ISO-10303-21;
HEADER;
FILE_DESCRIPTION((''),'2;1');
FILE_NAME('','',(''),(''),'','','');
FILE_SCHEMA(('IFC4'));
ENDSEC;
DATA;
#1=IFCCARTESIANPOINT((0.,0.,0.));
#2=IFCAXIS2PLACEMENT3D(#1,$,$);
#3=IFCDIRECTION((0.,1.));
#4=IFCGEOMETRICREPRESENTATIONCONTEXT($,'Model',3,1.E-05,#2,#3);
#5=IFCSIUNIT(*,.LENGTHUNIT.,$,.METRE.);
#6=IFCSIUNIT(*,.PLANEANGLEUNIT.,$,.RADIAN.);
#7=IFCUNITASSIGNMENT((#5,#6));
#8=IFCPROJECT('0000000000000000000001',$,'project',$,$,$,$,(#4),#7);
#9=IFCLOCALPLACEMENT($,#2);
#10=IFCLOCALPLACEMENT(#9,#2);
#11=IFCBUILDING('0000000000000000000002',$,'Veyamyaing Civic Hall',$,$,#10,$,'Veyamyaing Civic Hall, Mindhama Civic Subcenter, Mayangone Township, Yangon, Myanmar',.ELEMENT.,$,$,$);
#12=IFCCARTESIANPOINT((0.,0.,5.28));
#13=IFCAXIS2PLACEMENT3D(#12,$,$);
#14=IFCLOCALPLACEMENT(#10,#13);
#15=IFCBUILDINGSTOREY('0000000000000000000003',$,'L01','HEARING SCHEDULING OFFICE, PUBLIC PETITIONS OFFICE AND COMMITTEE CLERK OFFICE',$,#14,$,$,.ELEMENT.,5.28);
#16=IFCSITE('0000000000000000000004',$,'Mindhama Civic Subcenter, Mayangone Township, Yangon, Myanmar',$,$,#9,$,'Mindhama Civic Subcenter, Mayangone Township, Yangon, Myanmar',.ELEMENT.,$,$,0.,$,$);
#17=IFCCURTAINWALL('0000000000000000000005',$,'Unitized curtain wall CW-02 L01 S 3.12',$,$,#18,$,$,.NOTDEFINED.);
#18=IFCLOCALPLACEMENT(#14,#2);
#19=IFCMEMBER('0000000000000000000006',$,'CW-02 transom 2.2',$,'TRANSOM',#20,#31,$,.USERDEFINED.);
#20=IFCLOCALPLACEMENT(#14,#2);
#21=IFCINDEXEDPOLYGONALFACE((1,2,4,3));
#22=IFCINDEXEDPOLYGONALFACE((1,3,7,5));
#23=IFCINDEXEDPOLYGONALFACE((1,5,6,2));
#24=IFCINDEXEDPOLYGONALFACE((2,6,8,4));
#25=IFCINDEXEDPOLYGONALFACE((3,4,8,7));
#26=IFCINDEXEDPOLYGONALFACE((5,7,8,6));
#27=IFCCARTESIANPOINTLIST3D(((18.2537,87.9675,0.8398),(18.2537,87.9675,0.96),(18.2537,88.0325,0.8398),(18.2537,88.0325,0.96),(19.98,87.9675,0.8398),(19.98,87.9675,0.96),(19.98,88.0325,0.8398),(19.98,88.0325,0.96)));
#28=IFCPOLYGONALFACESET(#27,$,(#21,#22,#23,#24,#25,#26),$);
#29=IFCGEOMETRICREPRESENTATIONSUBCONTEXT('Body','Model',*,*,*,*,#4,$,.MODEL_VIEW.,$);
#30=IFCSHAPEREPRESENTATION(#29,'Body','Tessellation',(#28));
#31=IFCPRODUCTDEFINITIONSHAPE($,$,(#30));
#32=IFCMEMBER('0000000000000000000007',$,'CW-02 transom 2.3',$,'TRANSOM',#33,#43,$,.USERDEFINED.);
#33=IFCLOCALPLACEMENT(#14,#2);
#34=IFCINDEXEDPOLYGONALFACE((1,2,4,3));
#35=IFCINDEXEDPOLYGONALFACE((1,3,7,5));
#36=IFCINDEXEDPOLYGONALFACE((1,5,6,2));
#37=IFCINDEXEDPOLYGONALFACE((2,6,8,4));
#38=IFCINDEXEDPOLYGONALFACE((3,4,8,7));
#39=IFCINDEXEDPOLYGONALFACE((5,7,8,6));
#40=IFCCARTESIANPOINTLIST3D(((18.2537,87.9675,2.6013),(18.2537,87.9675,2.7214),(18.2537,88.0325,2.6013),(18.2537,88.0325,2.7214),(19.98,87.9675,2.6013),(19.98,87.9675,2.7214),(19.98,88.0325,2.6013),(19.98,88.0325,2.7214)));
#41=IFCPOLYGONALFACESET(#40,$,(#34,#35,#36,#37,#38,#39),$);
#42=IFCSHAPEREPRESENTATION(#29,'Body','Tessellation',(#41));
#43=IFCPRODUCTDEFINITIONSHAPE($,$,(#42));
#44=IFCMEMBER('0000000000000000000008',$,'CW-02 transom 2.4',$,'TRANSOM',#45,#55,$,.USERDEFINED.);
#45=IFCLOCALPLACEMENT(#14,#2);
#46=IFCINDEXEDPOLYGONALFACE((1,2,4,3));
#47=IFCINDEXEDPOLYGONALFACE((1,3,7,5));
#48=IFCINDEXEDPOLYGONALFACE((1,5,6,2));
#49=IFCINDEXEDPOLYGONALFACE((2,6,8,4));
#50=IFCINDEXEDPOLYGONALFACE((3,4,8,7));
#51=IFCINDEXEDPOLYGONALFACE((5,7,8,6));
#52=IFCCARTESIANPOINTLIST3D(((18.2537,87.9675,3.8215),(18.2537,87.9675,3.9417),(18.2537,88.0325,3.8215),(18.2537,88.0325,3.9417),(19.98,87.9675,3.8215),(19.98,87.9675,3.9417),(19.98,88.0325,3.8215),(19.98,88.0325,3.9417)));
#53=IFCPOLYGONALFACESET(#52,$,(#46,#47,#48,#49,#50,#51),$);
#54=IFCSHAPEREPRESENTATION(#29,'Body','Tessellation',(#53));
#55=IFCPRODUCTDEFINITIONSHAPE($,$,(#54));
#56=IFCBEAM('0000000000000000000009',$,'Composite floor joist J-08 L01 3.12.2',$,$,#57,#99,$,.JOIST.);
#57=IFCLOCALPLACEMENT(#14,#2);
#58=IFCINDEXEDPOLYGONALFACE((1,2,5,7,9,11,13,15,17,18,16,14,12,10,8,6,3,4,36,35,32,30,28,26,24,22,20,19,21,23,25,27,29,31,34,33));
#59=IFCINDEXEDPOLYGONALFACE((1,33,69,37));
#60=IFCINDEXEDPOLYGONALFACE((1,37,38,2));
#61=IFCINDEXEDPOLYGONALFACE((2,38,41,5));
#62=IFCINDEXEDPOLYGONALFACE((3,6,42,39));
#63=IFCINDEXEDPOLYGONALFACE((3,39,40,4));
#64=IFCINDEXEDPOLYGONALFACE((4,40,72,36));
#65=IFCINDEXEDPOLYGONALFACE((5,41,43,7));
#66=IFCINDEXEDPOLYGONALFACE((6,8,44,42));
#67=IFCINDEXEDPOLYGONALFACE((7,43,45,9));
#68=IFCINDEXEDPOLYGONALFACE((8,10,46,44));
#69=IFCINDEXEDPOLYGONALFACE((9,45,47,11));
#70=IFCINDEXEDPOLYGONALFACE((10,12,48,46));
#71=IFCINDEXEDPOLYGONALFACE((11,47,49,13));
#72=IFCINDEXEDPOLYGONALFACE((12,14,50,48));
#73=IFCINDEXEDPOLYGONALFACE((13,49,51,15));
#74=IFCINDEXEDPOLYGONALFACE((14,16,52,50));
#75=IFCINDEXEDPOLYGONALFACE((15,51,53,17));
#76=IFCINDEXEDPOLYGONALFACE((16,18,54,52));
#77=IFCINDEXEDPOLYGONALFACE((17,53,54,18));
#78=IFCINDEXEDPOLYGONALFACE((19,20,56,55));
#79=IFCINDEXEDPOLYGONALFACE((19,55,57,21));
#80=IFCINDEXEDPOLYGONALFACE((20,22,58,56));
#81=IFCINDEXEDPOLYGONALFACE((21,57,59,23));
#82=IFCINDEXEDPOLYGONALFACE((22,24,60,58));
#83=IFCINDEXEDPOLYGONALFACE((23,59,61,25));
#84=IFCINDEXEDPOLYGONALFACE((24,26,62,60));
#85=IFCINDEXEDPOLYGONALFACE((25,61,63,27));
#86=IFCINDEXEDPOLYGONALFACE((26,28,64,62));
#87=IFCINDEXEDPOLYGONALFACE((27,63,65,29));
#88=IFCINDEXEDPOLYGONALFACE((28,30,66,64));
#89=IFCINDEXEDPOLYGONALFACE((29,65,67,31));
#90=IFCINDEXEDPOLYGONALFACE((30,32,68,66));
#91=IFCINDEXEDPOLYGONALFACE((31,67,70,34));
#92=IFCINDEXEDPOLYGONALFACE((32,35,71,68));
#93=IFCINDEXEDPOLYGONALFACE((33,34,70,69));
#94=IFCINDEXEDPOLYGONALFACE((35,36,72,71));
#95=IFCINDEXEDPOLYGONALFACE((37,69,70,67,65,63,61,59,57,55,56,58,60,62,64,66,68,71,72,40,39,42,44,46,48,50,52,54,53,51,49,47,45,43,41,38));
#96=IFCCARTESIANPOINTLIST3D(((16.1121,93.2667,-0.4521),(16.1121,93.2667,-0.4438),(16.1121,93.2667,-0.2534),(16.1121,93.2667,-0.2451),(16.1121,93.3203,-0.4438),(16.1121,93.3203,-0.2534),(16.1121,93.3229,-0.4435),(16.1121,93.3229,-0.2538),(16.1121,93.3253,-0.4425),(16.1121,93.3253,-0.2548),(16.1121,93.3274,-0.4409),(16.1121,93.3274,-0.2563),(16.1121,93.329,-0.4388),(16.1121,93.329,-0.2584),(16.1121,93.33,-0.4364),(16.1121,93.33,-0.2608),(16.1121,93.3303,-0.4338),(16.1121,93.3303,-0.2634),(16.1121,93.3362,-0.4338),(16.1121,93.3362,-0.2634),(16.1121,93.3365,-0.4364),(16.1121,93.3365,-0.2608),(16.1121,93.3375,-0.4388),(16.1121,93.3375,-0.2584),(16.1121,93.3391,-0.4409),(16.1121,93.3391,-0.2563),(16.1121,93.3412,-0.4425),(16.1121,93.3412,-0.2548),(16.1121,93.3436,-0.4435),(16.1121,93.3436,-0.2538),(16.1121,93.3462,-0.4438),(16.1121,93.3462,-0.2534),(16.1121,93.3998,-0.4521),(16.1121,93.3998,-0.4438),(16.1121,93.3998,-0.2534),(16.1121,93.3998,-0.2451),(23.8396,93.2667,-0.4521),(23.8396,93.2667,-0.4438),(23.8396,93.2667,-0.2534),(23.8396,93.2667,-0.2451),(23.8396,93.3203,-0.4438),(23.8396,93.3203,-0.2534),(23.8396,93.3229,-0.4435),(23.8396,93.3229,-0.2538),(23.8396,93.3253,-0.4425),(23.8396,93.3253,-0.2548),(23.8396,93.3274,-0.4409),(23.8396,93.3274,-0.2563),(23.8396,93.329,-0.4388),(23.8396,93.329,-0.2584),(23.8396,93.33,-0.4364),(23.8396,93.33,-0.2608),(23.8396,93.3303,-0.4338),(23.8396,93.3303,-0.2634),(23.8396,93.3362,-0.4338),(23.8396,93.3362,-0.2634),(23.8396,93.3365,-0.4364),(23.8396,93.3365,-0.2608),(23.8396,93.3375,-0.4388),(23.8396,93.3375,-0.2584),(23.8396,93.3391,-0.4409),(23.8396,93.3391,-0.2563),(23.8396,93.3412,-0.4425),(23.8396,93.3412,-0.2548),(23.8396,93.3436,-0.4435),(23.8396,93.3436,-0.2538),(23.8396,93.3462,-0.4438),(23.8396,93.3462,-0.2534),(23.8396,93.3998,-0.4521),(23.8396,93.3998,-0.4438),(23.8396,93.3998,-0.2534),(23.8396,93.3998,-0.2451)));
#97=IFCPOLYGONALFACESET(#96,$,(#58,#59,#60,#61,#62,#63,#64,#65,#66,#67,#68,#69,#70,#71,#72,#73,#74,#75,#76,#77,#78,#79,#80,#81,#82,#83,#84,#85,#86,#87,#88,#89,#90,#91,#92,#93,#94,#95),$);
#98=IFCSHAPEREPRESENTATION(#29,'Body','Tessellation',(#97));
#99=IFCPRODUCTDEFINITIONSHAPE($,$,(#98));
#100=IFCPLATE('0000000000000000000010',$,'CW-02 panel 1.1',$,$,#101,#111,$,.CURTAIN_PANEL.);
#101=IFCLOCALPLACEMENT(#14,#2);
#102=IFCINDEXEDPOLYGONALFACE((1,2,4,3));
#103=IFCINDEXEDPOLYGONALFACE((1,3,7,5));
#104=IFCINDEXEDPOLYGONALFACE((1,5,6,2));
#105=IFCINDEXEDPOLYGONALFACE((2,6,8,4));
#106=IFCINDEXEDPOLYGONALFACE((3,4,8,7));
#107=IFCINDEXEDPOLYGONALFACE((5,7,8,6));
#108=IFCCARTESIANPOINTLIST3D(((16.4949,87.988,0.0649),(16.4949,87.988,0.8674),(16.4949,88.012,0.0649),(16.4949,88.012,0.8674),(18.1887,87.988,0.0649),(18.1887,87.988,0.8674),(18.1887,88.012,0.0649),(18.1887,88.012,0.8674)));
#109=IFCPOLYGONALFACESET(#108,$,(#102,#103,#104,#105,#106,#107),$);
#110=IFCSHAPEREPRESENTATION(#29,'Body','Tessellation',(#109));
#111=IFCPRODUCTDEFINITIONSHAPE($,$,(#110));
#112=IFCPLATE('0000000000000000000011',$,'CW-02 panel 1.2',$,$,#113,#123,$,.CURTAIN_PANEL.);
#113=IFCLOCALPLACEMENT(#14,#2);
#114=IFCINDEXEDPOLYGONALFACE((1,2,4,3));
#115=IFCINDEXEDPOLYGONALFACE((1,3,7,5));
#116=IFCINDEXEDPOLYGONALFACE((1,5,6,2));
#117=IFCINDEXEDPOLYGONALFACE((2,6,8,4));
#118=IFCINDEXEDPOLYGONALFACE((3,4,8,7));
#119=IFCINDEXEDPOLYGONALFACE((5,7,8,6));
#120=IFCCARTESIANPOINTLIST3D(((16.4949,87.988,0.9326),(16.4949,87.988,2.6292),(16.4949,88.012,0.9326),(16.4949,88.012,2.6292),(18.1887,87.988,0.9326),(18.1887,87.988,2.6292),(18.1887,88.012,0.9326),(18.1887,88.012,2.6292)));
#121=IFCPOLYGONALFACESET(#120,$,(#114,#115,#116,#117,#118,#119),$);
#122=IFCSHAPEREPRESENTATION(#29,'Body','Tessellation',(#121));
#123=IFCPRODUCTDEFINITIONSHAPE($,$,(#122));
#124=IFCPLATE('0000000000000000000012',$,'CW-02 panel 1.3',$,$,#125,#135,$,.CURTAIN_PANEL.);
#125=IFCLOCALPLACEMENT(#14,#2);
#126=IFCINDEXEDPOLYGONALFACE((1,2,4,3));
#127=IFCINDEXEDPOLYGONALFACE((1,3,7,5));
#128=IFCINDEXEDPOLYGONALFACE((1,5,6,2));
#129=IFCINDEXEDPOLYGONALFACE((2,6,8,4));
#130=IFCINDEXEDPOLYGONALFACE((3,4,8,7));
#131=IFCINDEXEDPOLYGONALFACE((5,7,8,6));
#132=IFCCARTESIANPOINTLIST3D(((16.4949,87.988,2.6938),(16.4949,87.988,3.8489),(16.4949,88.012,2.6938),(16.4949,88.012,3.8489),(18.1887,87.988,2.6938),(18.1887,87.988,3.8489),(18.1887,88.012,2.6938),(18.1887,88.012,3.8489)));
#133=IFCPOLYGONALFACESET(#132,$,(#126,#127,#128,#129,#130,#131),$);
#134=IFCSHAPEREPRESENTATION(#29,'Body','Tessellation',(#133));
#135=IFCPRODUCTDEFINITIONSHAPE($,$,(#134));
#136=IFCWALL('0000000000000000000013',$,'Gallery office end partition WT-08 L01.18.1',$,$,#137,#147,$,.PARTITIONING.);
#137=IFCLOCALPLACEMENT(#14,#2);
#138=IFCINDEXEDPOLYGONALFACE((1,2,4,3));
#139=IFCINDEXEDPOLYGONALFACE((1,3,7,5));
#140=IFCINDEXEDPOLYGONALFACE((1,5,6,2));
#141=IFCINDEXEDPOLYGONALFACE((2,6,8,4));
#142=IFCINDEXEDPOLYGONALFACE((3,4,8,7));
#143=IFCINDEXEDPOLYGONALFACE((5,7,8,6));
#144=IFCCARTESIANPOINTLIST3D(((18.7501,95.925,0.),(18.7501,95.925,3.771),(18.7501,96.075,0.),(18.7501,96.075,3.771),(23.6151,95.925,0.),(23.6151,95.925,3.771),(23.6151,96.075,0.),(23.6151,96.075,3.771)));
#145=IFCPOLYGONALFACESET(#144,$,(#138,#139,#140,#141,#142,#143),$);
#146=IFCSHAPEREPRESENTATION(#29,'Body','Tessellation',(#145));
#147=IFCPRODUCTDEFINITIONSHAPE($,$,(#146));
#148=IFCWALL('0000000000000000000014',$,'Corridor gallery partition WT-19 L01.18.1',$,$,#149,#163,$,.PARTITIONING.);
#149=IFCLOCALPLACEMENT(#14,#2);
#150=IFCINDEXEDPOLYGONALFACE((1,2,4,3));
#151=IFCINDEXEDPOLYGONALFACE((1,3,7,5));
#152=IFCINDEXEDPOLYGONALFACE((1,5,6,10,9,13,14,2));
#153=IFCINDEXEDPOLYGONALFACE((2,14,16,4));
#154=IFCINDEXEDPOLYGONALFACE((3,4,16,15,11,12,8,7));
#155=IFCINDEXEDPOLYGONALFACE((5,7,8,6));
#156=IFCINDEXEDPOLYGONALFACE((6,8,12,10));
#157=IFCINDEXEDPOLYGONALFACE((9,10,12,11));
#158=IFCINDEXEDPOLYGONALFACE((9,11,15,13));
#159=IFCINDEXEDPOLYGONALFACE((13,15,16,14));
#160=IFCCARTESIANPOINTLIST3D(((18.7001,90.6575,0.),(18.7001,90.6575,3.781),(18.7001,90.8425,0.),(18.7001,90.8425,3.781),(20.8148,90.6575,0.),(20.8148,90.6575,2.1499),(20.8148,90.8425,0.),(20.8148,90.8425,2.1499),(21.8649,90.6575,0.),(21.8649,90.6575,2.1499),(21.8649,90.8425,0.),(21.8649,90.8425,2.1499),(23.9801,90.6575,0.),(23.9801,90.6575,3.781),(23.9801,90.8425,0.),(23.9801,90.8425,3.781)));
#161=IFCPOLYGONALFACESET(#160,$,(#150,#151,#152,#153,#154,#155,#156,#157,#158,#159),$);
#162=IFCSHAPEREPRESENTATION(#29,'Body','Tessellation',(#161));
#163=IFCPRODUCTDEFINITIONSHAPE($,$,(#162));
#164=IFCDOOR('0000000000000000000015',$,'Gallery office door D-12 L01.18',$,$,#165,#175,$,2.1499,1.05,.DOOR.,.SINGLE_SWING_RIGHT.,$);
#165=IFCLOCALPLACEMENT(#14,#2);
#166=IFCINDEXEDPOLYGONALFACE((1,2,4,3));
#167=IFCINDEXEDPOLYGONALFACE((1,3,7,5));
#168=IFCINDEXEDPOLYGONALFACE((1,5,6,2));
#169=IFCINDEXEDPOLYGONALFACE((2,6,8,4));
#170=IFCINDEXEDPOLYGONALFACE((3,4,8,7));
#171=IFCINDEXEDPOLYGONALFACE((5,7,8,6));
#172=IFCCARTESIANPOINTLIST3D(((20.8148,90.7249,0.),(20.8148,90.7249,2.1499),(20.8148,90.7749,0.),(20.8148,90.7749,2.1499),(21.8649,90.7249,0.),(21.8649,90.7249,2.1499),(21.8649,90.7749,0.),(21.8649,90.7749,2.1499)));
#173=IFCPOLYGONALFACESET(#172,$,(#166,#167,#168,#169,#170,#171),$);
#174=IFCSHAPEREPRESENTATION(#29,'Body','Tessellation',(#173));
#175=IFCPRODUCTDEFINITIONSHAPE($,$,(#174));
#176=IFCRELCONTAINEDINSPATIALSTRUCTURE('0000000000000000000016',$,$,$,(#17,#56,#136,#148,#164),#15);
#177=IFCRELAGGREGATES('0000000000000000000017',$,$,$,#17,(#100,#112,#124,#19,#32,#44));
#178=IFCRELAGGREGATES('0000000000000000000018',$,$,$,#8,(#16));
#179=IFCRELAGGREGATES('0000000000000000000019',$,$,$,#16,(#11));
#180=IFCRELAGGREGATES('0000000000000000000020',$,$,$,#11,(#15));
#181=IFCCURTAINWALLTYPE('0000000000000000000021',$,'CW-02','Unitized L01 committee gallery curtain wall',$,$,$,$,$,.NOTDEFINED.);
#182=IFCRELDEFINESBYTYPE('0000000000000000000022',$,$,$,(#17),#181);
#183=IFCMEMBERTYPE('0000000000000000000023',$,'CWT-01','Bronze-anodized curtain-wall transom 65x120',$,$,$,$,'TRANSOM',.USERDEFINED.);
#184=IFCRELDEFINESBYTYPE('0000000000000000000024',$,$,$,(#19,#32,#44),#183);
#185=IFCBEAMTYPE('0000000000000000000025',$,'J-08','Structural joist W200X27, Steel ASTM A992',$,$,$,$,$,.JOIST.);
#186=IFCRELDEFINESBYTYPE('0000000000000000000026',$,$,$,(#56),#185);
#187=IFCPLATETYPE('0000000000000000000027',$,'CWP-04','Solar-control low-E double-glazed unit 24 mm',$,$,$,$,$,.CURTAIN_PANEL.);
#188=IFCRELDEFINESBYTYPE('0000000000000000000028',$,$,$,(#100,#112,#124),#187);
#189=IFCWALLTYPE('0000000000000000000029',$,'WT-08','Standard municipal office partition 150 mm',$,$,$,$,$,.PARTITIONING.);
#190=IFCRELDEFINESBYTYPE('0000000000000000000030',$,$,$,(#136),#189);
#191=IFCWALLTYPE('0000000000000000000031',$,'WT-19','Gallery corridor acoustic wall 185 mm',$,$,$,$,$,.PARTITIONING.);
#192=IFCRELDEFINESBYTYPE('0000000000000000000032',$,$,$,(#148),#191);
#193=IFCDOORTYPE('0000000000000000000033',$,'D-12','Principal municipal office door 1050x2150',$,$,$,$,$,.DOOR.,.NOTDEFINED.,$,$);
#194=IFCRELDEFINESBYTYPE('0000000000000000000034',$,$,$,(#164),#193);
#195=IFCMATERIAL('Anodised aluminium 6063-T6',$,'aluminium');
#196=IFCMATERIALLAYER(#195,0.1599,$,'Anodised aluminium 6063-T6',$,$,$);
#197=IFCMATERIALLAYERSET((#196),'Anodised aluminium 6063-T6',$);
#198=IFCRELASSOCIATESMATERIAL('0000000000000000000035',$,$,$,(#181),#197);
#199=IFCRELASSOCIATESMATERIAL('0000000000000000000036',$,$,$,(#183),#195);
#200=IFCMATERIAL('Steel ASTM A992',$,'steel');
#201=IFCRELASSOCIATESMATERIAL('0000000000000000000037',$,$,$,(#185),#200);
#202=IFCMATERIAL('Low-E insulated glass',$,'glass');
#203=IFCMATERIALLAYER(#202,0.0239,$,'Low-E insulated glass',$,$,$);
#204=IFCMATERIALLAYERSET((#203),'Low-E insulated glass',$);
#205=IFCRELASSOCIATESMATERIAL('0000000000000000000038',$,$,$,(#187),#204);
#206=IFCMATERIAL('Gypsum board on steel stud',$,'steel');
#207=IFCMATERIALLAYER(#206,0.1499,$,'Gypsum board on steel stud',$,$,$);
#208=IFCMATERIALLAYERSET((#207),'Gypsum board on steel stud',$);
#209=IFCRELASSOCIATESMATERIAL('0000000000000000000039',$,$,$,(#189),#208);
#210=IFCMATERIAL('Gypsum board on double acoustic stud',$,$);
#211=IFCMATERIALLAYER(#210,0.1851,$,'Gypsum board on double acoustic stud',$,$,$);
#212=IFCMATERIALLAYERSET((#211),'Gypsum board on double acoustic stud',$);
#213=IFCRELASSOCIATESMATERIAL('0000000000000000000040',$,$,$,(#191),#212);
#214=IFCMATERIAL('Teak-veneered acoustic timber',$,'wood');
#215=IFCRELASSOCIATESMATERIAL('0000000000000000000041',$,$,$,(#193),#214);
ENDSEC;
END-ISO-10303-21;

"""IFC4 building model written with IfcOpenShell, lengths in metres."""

from ifc_helpers import new_model, si_unit, direction, frame, frame_2d, origin, origin_2d, place, context, subcontext, project, spatial, rectangle, i_section, extrude, material, layer, layer_set, material_profile, profile_set, type_object, element, fill, aggregate, save


model = new_model("IFC4")

# Units and contexts
model_context = context("Model", 3, precision=1e-05, world=origin(), true_north=direction((0.0, 1.0)))
body_context = subcontext(model_context, "Body", "Model", "MODEL_VIEW")
ifc_project = project(units=[si_unit("LENGTHUNIT", "METRE"), si_unit("PLANEANGLEUNIT", "RADIAN")], contexts=[model_context])

# Site, building, storey
site_placement = place(None, origin())
site = spatial("IfcSite", under=ifc_project, at=site_placement, Name="Mindhama Civic Subcenter, Mayangone Township, Yangon, Myanmar", LongName="Mindhama Civic Subcenter, Mayangone Township, Yangon, Myanmar", CompositionType="ELEMENT", RefElevation=0.0)
building_placement = place(site_placement, origin())
building = spatial("IfcBuilding", under=site, at=building_placement, Name="Veyamyaing Civic Hall", LongName="Veyamyaing Civic Hall, Mindhama Civic Subcenter, Mayangone Township, Yangon, Myanmar", CompositionType="ELEMENT")
storey_placement = place(building_placement, frame((0.0, 0.0, 5.28)))
storey = spatial("IfcBuildingStorey", under=building, at=storey_placement, Name="L01", Description="HEARING SCHEDULING OFFICE, PUBLIC PETITIONS OFFICE AND COMMITTEE CLERK OFFICE", CompositionType="ELEMENT", Elevation=5.28)

# Shared definitions
ifc_material_1 = material(Name="Steel ASTM A992", Category="steel")

# Curtain wall, members
ifc_material_2 = material(Name="Anodised aluminium 6063-T6", Category="aluminium")
ifc_layer_1 = layer(ifc_material_2, 0.1599, Name="Anodised aluminium 6063-T6")
ifc_layer_set_1 = layer_set([ifc_layer_1], Name="Anodised aluminium 6063-T6")
curtain_wall_type = type_object("IfcCurtainWallType", Name="CW-02", Description="Unitized L01 committee gallery curtain wall", PredefinedType="NOTDEFINED", material=ifc_layer_set_1)
curtain_wall_placement = place(storey_placement, origin())
curtain_wall = element("IfcCurtainWall", 1, at=curtain_wall_placement, inside=storey, type_object=curtain_wall_type, Name="Unitized curtain wall CW-02 L01 S 3.12", PredefinedType="NOTDEFINED")
ifc_material_profile_1 = material_profile(ifc_material_2, rectangle(XDim=0.0649, YDim=0.1201, at=origin_2d()), Name="ALU-TRN-65X120")
ifc_profile_set_1 = profile_set([ifc_material_profile_1], Name="Anodised aluminium 6063-T6")
member_type_1 = type_object("IfcMemberType", Name="CWT-01", Description="Bronze-anodized curtain-wall transom 65x120", ElementType="TRANSOM", PredefinedType="USERDEFINED", material=ifc_profile_set_1)
member_1_placement = place(storey_placement, frame((18.2537, 88.0, 0.8999), z_axis=(1.0, 0.0, 0.0), x_axis=(0.0, 1.0, 0.0)))
member_1 = element("IfcMember", 2, at=member_1_placement, type_object=member_type_1, Name="CW-02 transom 2.2", ObjectType="TRANSOM", PredefinedType="USERDEFINED", context=body_context, shape_type="SweptSolid", body=[
    extrude(rectangle(XDim=0.0649, YDim=0.1201, at=origin_2d()), origin(), (0.0, 0.0, 1.0), 1.7263),
])
member_2_placement = place(storey_placement, frame((18.2537, 88.0, 2.6614), z_axis=(1.0, 0.0, 0.0), x_axis=(0.0, 1.0, 0.0)))
member_2 = element("IfcMember", 3, at=member_2_placement, type_object=member_type_1, Name="CW-02 transom 2.3", ObjectType="TRANSOM", PredefinedType="USERDEFINED", context=body_context, shape_type="SweptSolid", body=[
    extrude(rectangle(XDim=0.0649, YDim=0.1201, at=origin_2d()), origin(), (0.0, 0.0, 1.0), 1.7263),
])
member_3_placement = place(storey_placement, frame((18.2537, 88.0, 3.8816), z_axis=(1.0, 0.0, 0.0), x_axis=(0.0, 1.0, 0.0)))
member_3 = element("IfcMember", 4, at=member_3_placement, type_object=member_type_1, Name="CW-02 transom 2.4", ObjectType="TRANSOM", PredefinedType="USERDEFINED", context=body_context, shape_type="SweptSolid", body=[
    extrude(rectangle(XDim=0.0649, YDim=0.1201, at=origin_2d()), origin(), (0.0, 0.0, 1.0), 1.7263),
])

# Beam
ifc_material_profile_2 = material_profile(ifc_material_1, i_section(OverallWidth=0.1331, OverallDepth=0.207, WebThickness=0.0059, FlangeThickness=0.0083, FilletRadius=0.01, at=origin_2d()), Name="W200X27")
ifc_profile_set_2 = profile_set([ifc_material_profile_2], Name="Steel ASTM A992")
beam_type_1 = type_object("IfcBeamType", Name="J-08", Description="Structural joist W200X27, Steel ASTM A992", PredefinedType="JOIST", material=ifc_profile_set_2)
beam_1_placement = place(storey_placement, frame((16.1121, 93.3333, -0.3486), z_axis=(1.0, 0.0, 0.0), x_axis=(0.0, 1.0, 0.0)))
element("IfcBeam", 5, at=beam_1_placement, inside=storey, type_object=beam_type_1, Name="Composite floor joist J-08 L01 3.12.2", PredefinedType="JOIST", context=body_context, shape_type="SweptSolid", body=[
    extrude(i_section(OverallWidth=0.1331, OverallDepth=0.207, WebThickness=0.0059, FlangeThickness=0.0083, FilletRadius=0.01, at=origin_2d()), origin(), (0.0, 0.0, 1.0), 7.7275),
])

# Plates
ifc_material_3 = material(Name="Low-E insulated glass", Category="glass")
ifc_layer_2 = layer(ifc_material_3, 0.0239, Name="Low-E insulated glass")
ifc_layer_set_2 = layer_set([ifc_layer_2], Name="Low-E insulated glass")
plate_type = type_object("IfcPlateType", Name="CWP-04", Description="Solar-control low-E double-glazed unit 24 mm", PredefinedType="CURTAIN_PANEL", material=ifc_layer_set_2)
plate_1_placement = place(storey_placement, frame((17.3418, 88.0, 0.0649), z_axis=(0.0, 0.0, 1.0), x_axis=(1.0, 0.0, 0.0)))
plate_1 = element("IfcPlate", 6, at=plate_1_placement, type_object=plate_type, Name="CW-02 panel 1.1", PredefinedType="CURTAIN_PANEL", context=body_context, shape_type="SweptSolid", body=[
    extrude(rectangle(XDim=1.6938, YDim=0.0239, at=origin_2d()), origin(), (0.0, 0.0, 1.0), 0.8025),
])
plate_2_placement = place(storey_placement, frame((17.3418, 88.0, 0.9326), z_axis=(0.0, 0.0, 1.0), x_axis=(1.0, 0.0, 0.0)))
plate_2 = element("IfcPlate", 7, at=plate_2_placement, type_object=plate_type, Name="CW-02 panel 1.2", PredefinedType="CURTAIN_PANEL", context=body_context, shape_type="SweptSolid", body=[
    extrude(rectangle(XDim=1.6938, YDim=0.0239, at=origin_2d()), origin(), (0.0, 0.0, 1.0), 1.6965),
])
plate_3_placement = place(storey_placement, frame((17.3418, 88.0, 2.6938), z_axis=(0.0, 0.0, 1.0), x_axis=(1.0, 0.0, 0.0)))
plate_3 = element("IfcPlate", 8, at=plate_3_placement, type_object=plate_type, Name="CW-02 panel 1.3", PredefinedType="CURTAIN_PANEL", context=body_context, shape_type="SweptSolid", body=[
    extrude(rectangle(XDim=1.6938, YDim=0.0239, at=origin_2d()), origin(), (0.0, 0.0, 1.0), 1.155),
])
aggregate(curtain_wall, [plate_1, plate_2, plate_3, member_1, member_2, member_3])

# Wall
ifc_material_4 = material(Name="Gypsum board on steel stud", Category="steel")
ifc_layer_3 = layer(ifc_material_4, 0.1499, Name="Gypsum board on steel stud")
ifc_layer_set_3 = layer_set([ifc_layer_3], Name="Gypsum board on steel stud")
wall_type_1 = type_object("IfcWallType", Name="WT-08", Description="Standard municipal office partition 150 mm", PredefinedType="PARTITIONING", material=ifc_layer_set_3)
wall_1_placement = place(storey_placement, frame((18.75, 96.0, 0.0), z_axis=(0.0, 0.0, 1.0), x_axis=(1.0, 0.0, 0.0)))
element("IfcWall", 9, at=wall_1_placement, inside=storey, type_object=wall_type_1, Name="Gallery office end partition WT-08 L01.18.1", PredefinedType="PARTITIONING", context=body_context, shape_type="SweptSolid", body=[
    extrude(rectangle(XDim=4.865, YDim=0.1499, at=frame_2d((2.4326, 0.0))), origin(), (0.0, 0.0, 1.0), 3.771),
])

# Wall, opening, door
ifc_material_5 = material(Name="Gypsum board on double acoustic stud")
ifc_layer_4 = layer(ifc_material_5, 0.1851, Name="Gypsum board on double acoustic stud")
ifc_layer_set_4 = layer_set([ifc_layer_4], Name="Gypsum board on double acoustic stud")
wall_type_2 = type_object("IfcWallType", Name="WT-19", Description="Gallery corridor acoustic wall 185 mm", PredefinedType="PARTITIONING", material=ifc_layer_set_4)
wall_2_placement = place(storey_placement, frame((18.7, 90.75, 0.0), z_axis=(0.0, 0.0, 1.0), x_axis=(1.0, 0.0, 0.0)))
wall_2 = element("IfcWall", 10, at=wall_2_placement, inside=storey, type_object=wall_type_2, Name="Corridor gallery partition WT-19 L01.18.1", PredefinedType="PARTITIONING", context=body_context, shape_type="SweptSolid", body=[
    extrude(rectangle(XDim=5.28, YDim=0.1851, at=frame_2d((2.6401, 0.0))), origin(), (0.0, 0.0, 1.0), 3.781),
])
opening_placement = place(wall_2_placement, frame((2.115, 0.0, 0.0)))
opening = element("IfcOpeningElement", 11, at=opening_placement, cuts=wall_2, PredefinedType="OPENING", context=body_context, shape_type="SweptSolid", body=[
    extrude(rectangle(XDim=1.05, YDim=2.1499, at=frame_2d((0.5249, 1.075))), frame((0.0, 0.1025, 0.0), z_axis=(0.0, -1.0, 0.0), x_axis=(1.0, 0.0, 0.0)), (0.0, 0.0, 1.0), 0.2051),
])
ifc_material_6 = material(Name="Teak-veneered acoustic timber", Category="wood")
door_type = type_object("IfcDoorType", Name="D-12", Description="Principal municipal office door 1050x2150", OperationType="NOTDEFINED", PredefinedType="DOOR", material=ifc_material_6)
door_placement = place(opening_placement, origin())
door = element("IfcDoor", 12, at=door_placement, inside=storey, type_object=door_type, Name="Gallery office door D-12 L01.18", OperationType="SINGLE_SWING_RIGHT", OverallHeight=2.1499, OverallWidth=1.05, PredefinedType="DOOR", context=body_context, shape_type="SweptSolid", body=[
    extrude(rectangle(XDim=1.05, YDim=2.1499, at=frame_2d((0.5249, 1.075))), frame((0.0, 0.0249, 0.0), z_axis=(0.0, -1.0, 0.0), x_axis=(1.0, 0.0, 0.0)), (0.0, 0.0, 1.0), 0.05),
])
fill(opening, door)

save(model, "model.ifc")
